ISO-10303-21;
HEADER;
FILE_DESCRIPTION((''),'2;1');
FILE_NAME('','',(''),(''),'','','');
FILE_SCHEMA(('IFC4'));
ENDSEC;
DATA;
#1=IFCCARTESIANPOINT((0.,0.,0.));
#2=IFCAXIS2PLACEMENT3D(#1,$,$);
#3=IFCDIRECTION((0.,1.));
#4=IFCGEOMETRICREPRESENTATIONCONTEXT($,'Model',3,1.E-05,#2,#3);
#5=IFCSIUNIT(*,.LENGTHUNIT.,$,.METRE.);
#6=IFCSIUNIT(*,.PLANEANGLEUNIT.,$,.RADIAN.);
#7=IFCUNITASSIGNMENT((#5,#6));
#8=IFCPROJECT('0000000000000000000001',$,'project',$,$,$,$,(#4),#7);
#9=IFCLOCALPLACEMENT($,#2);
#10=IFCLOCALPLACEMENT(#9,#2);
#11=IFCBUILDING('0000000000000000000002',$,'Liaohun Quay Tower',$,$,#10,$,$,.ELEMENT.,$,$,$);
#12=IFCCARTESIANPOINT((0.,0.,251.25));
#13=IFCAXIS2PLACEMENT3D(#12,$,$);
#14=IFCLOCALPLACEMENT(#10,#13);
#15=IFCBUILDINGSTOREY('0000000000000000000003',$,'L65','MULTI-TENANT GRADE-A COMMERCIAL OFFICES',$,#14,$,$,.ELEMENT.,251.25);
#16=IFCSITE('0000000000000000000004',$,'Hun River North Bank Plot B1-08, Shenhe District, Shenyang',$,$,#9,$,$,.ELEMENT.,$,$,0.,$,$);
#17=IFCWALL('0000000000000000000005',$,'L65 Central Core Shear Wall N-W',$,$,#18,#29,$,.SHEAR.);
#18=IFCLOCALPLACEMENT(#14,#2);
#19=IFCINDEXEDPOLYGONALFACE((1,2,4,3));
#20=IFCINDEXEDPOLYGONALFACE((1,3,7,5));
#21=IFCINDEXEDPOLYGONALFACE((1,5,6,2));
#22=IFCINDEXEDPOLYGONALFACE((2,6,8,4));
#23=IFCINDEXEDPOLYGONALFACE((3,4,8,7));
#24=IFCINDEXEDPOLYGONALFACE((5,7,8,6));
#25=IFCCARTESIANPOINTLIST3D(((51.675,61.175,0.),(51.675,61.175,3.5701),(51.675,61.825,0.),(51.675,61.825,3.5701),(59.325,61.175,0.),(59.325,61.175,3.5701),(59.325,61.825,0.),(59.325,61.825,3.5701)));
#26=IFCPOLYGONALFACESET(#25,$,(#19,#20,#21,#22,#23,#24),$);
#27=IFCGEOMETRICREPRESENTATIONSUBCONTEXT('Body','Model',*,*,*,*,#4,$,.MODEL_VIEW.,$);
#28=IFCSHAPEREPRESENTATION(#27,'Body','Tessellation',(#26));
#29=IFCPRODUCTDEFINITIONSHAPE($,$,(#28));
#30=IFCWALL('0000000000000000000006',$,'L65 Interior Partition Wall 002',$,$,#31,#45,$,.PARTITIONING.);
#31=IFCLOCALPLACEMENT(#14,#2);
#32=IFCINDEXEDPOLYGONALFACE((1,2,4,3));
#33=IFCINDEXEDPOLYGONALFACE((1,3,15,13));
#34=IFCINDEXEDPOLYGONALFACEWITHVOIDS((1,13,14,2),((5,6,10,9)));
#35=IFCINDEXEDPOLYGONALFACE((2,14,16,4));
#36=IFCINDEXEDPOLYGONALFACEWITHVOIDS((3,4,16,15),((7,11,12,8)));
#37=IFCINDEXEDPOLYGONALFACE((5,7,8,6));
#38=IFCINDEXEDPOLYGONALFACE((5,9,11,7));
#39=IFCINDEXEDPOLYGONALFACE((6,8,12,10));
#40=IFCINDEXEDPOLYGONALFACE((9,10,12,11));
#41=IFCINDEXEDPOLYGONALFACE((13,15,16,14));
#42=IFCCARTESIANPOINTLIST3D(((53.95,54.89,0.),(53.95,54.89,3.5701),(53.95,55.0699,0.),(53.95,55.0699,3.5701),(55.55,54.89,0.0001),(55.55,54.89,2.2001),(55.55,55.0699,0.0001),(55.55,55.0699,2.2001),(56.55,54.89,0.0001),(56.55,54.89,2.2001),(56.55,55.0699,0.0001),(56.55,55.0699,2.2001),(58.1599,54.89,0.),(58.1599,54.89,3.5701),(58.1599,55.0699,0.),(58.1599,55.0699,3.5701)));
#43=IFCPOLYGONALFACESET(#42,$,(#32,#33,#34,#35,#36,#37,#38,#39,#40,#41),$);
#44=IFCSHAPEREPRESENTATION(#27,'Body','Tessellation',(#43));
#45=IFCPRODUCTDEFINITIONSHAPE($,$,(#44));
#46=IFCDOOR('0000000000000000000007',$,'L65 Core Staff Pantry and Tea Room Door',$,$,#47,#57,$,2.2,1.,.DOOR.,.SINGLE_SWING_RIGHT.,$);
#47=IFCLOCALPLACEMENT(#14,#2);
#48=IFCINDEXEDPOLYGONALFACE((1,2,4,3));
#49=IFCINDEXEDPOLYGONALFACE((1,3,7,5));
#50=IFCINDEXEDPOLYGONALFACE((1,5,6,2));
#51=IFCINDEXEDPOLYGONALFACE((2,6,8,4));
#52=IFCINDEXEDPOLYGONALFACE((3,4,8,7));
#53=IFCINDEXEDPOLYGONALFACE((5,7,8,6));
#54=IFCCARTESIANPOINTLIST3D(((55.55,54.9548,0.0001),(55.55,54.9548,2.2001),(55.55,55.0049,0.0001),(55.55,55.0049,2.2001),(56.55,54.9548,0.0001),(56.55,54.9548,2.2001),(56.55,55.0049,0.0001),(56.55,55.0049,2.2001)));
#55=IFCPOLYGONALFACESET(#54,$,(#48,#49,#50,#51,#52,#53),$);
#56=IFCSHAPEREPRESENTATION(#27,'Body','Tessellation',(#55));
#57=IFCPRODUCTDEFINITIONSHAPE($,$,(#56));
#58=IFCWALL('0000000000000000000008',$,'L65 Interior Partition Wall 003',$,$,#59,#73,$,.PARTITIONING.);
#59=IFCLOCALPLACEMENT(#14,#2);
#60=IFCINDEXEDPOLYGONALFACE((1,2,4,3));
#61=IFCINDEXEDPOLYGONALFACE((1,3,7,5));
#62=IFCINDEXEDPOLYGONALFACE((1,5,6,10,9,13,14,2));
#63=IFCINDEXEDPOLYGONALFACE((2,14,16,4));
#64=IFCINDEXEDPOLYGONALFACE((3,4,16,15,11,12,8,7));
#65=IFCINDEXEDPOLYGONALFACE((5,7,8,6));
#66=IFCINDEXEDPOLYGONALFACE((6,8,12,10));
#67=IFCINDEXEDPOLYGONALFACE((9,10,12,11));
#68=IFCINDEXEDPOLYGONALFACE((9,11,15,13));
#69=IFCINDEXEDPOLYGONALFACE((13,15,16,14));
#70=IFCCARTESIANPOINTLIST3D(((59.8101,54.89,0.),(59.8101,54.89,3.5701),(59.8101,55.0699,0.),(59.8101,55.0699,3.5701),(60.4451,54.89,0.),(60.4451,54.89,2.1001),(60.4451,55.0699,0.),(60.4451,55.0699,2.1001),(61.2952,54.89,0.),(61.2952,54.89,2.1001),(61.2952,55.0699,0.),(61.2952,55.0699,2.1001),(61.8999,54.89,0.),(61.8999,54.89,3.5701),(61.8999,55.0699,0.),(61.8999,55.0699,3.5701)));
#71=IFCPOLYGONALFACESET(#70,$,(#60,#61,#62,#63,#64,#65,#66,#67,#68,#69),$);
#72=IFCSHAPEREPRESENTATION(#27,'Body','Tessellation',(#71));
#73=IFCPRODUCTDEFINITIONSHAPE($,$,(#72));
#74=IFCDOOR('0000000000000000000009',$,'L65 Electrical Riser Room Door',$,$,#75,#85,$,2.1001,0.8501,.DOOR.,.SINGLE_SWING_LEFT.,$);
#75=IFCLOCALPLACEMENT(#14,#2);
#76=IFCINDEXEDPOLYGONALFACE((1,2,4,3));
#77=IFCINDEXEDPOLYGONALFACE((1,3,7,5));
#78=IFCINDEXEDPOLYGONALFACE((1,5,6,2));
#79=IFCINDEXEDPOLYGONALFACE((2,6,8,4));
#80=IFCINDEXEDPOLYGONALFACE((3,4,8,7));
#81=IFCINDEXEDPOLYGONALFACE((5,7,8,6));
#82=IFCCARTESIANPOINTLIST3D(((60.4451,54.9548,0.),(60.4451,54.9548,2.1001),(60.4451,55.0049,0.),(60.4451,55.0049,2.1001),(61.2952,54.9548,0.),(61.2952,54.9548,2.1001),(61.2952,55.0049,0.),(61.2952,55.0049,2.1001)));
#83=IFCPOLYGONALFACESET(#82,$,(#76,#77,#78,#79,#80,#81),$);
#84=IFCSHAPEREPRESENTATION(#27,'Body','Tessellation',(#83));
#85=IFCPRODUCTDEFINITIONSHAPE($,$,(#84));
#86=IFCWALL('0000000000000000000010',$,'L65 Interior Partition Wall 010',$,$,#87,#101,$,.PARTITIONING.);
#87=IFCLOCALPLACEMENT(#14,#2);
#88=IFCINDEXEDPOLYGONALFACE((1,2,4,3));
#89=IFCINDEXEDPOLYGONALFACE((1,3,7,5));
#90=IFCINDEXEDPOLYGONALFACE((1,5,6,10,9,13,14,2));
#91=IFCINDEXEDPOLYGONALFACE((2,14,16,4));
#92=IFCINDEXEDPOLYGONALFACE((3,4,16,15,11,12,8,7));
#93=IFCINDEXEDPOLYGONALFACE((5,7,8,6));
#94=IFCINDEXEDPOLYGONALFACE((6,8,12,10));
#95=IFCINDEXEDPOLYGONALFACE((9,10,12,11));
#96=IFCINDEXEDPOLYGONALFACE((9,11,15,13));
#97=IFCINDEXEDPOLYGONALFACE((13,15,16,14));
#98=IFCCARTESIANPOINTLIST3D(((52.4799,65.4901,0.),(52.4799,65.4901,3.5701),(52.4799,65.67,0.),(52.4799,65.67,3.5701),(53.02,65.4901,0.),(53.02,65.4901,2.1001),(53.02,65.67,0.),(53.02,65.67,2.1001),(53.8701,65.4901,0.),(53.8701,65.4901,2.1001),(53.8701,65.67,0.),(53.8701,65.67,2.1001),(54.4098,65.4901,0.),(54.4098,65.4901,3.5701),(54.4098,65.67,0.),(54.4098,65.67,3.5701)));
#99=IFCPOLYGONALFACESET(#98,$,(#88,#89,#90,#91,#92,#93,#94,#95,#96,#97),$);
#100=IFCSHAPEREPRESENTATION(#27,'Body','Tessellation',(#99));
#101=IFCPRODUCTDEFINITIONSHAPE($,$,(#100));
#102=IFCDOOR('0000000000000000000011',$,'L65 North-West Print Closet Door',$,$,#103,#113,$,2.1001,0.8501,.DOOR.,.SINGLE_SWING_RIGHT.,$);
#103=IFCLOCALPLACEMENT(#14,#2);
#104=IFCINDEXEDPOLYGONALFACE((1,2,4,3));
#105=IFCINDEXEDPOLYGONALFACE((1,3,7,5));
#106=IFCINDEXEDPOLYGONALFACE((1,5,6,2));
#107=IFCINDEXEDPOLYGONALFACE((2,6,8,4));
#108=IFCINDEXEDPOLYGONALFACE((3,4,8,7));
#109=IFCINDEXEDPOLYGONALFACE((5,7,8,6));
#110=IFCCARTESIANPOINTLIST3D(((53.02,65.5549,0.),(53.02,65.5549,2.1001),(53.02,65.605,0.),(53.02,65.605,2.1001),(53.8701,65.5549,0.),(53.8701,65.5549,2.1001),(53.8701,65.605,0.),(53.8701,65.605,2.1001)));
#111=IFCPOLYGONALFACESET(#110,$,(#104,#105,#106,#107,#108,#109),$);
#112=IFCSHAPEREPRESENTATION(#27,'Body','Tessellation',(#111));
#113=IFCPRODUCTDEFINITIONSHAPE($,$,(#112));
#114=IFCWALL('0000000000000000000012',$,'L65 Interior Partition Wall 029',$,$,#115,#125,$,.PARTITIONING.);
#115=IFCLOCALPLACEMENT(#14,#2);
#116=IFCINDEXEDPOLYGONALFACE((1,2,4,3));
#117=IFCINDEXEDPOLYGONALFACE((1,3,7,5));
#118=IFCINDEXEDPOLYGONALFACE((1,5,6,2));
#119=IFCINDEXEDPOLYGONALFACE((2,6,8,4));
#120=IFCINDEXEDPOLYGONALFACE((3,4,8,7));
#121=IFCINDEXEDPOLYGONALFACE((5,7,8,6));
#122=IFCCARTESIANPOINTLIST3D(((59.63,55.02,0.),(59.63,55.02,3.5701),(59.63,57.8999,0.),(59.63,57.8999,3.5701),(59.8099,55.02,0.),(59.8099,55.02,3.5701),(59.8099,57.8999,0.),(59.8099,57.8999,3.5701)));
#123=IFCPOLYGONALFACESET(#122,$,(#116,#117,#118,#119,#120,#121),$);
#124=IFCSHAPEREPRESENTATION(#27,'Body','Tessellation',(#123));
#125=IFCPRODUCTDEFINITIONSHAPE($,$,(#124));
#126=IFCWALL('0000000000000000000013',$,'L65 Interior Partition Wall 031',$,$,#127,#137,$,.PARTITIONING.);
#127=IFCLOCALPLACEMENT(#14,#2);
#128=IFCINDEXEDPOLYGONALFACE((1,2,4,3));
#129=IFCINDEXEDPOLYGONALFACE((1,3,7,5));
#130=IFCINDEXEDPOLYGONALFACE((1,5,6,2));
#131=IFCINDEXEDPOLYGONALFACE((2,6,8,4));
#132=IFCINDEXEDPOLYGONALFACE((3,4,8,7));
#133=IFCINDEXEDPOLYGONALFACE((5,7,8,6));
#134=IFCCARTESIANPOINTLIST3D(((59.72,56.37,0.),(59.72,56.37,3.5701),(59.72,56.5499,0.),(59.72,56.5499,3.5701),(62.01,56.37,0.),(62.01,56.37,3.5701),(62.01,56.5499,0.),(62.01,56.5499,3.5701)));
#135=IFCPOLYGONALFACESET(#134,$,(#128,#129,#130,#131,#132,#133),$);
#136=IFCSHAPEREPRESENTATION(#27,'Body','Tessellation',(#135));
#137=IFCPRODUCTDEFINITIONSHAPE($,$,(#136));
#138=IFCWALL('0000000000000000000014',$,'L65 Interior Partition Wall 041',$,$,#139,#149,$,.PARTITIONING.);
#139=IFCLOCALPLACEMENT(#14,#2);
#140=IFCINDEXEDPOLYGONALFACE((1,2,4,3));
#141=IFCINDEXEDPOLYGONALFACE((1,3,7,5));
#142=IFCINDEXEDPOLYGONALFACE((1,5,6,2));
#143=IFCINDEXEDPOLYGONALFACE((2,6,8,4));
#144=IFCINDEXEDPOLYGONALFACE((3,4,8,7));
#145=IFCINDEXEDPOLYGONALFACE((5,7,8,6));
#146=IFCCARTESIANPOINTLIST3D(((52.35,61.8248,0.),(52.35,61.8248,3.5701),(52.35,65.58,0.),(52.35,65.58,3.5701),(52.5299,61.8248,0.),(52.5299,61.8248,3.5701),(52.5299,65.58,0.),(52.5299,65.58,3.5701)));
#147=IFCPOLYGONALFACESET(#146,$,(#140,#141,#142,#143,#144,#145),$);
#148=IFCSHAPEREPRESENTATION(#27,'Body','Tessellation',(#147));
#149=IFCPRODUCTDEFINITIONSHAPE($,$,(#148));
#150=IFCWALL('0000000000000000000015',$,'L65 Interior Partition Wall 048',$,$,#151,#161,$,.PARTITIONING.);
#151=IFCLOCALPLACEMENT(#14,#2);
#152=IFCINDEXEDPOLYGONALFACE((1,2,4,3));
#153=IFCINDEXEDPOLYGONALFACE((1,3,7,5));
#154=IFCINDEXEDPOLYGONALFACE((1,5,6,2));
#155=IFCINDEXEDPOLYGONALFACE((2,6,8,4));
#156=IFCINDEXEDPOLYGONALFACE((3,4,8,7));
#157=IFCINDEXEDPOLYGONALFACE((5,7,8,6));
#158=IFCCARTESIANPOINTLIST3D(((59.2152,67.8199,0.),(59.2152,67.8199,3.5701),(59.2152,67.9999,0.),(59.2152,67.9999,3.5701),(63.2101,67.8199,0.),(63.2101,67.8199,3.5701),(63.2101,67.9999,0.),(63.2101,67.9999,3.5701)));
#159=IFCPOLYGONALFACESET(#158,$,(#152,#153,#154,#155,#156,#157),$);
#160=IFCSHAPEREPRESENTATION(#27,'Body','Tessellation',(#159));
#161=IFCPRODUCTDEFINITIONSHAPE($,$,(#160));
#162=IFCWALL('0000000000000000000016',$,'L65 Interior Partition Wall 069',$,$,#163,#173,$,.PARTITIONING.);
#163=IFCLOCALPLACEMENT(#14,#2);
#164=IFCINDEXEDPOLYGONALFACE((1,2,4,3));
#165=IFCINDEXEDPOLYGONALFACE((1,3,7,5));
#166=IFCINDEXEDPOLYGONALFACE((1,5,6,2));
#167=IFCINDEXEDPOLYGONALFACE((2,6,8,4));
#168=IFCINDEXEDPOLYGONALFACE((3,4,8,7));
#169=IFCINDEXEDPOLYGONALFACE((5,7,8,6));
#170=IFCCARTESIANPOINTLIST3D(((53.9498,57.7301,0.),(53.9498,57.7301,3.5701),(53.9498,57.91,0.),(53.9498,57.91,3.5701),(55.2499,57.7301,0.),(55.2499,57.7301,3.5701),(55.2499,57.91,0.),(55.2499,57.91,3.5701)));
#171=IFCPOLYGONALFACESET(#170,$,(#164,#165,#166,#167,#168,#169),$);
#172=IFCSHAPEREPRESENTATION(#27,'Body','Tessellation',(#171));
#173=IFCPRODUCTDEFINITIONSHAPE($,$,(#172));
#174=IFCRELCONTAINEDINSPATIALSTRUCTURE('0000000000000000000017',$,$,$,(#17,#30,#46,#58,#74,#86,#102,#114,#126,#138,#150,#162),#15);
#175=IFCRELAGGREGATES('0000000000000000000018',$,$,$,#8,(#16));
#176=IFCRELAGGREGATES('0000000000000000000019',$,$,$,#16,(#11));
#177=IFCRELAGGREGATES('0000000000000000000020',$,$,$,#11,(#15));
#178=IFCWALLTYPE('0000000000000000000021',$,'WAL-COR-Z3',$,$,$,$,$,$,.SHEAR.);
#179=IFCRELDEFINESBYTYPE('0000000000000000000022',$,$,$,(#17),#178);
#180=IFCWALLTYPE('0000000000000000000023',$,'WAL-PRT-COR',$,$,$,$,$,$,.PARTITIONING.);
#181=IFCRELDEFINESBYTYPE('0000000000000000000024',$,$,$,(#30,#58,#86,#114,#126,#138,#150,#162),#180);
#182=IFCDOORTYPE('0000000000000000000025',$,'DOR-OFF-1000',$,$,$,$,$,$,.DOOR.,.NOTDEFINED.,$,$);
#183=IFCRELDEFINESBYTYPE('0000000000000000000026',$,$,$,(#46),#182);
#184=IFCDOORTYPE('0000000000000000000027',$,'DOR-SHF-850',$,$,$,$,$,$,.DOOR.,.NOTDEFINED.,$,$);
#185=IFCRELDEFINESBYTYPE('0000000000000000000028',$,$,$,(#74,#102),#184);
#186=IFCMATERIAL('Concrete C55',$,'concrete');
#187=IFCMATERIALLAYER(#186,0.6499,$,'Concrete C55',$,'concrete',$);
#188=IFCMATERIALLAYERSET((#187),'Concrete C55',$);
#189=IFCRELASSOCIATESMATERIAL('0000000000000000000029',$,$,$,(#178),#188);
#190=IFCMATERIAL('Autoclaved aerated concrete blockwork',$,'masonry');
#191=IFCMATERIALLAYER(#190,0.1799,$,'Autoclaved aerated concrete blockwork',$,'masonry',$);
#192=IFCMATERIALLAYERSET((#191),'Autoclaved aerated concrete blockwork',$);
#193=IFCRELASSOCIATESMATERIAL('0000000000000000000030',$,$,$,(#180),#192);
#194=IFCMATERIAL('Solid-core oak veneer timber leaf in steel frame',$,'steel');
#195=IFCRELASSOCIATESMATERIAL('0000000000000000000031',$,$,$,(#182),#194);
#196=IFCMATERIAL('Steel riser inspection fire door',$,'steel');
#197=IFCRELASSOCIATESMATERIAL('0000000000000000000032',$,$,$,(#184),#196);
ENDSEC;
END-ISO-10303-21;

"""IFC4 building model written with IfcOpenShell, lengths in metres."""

from ifc_helpers import new_model, si_unit, direction, frame, frame_2d, origin, place, context, subcontext, project, spatial, rectangle, extrude, source, transform, mapped, material, layer, layer_set, type_object, element, fill, save


model = new_model("IFC4")

# Units and contexts
model_context = context("Model", 3, precision=1e-05, world=origin(), true_north=direction((0.0, 1.0)))
body_context = subcontext(model_context, "Body", "Model", "MODEL_VIEW")
ifc_project = project(units=[si_unit("LENGTHUNIT", "METRE"), si_unit("PLANEANGLEUNIT", "RADIAN")], contexts=[model_context])

# Site, building, storey
site_placement = place(None, origin())
site = spatial("IfcSite", under=ifc_project, at=site_placement, Name="Hun River North Bank Plot B1-08, Shenhe District, Shenyang", CompositionType="ELEMENT", RefElevation=0.0)
building_placement = place(site_placement, origin())
building = spatial("IfcBuilding", under=site, at=building_placement, Name="Liaohun Quay Tower", CompositionType="ELEMENT")
storey_placement = place(building_placement, frame((0.0, 0.0, 251.25)))
storey = spatial("IfcBuildingStorey", under=building, at=storey_placement, Name="L65", Description="MULTI-TENANT GRADE-A COMMERCIAL OFFICES", CompositionType="ELEMENT", Elevation=251.25)

# Wall
ifc_material_1 = material(Name="Concrete C55", Category="concrete")
ifc_layer_1 = layer(ifc_material_1, 0.6499, Name="Concrete C55", Category="concrete")
ifc_layer_set_1 = layer_set([ifc_layer_1], Name="Concrete C55")
wall_type_1 = type_object("IfcWallType", Name="WAL-COR-Z3", PredefinedType="SHEAR", material=ifc_layer_set_1)
wall_1_placement = place(storey_placement, frame((51.675, 61.5, 0.0), z_axis=(0.0, 0.0, 1.0), x_axis=(1.0, 0.0, 0.0)))
element("IfcWall", 1, at=wall_1_placement, inside=storey, type_object=wall_type_1, Name="L65 Central Core Shear Wall N-W", PredefinedType="SHEAR", context=body_context, shape_type="SweptSolid", body=[
    extrude(rectangle(XDim=7.6499, YDim=0.6499, at=frame_2d((3.825, 0.0))), origin(), (0.0, 0.0, 1.0), 3.5701),
])

# Walls, openings, doors
ifc_material_2 = material(Name="Autoclaved aerated concrete blockwork", Category="masonry")
ifc_layer_2 = layer(ifc_material_2, 0.1799, Name="Autoclaved aerated concrete blockwork", Category="masonry")
ifc_layer_set_2 = layer_set([ifc_layer_2], Name="Autoclaved aerated concrete blockwork")
wall_type_2 = type_object("IfcWallType", Name="WAL-PRT-COR", PredefinedType="PARTITIONING", material=ifc_layer_set_2)
wall_2_placement = place(storey_placement, frame((53.95, 54.98, 0.0), z_axis=(0.0, 0.0, 1.0), x_axis=(1.0, 0.0, 0.0)))
wall_2 = element("IfcWall", 2, at=wall_2_placement, inside=storey, type_object=wall_type_2, Name="L65 Interior Partition Wall 002", PredefinedType="PARTITIONING", context=body_context, shape_type="SweptSolid", body=[
    extrude(rectangle(XDim=4.21, YDim=0.1799, at=frame_2d((2.105, 0.0))), origin(), (0.0, 0.0, 1.0), 3.5701),
])
shared_shape_1 = source(origin(), body_context, "Body", "SweptSolid", [
    extrude(rectangle(XDim=1.0, YDim=2.2, at=frame_2d((0.5, 1.1001))), frame((0.0, 0.0999, 0.0), z_axis=(0.0, -1.0, 0.0), x_axis=(1.0, 0.0, 0.0)), (0.0, 0.0, 1.0), 0.2),
])
opening_1_placement = place(wall_2_placement, frame((1.6001, 0.0, 0.0)))
opening_1 = element("IfcOpeningElement", 3, at=opening_1_placement, cuts=wall_2, PredefinedType="OPENING", context=body_context, shape_type="MappedRepresentation", body=[
    mapped(shared_shape_1, transform((0.0, 0.0, 0.0), x_axis=(1.0, 0.0, 0.0), y_axis=(0.0, 1.0, 0.0), z_axis=(0.0, 0.0, 1.0), scale=1.0)),
])
ifc_material_3 = material(Name="Solid-core oak veneer timber leaf in steel frame", Category="steel")
door_type_1 = type_object("IfcDoorType", Name="DOR-OFF-1000", OperationType="NOTDEFINED", PredefinedType="DOOR", material=ifc_material_3)
shared_shape_2 = source(origin(), body_context, "Body", "SweptSolid", [
    extrude(rectangle(XDim=1.0, YDim=2.2, at=frame_2d((0.5, 1.1001))), frame((0.0, 0.0249, 0.0), z_axis=(0.0, -1.0, 0.0), x_axis=(1.0, 0.0, 0.0)), (0.0, 0.0, 1.0), 0.05),
])
door_1_placement = place(opening_1_placement, origin())
door_1 = element("IfcDoor", 4, at=door_1_placement, inside=storey, type_object=door_type_1, Name="L65 Core Staff Pantry and Tea Room Door", OperationType="SINGLE_SWING_RIGHT", OverallHeight=2.2, OverallWidth=1.0, PredefinedType="DOOR", context=body_context, shape_type="MappedRepresentation", body=[
    mapped(shared_shape_2, transform((0.0, 0.0, 0.0), x_axis=(1.0, 0.0, 0.0), y_axis=(0.0, 1.0, 0.0), z_axis=(0.0, 0.0, 1.0), scale=1.0)),
])
fill(opening_1, door_1)
wall_3_placement = place(storey_placement, frame((59.8101, 54.98, 0.0), z_axis=(0.0, 0.0, 1.0), x_axis=(1.0, 0.0, 0.0)))
wall_3 = element("IfcWall", 5, at=wall_3_placement, inside=storey, type_object=wall_type_2, Name="L65 Interior Partition Wall 003", PredefinedType="PARTITIONING", context=body_context, shape_type="SweptSolid", body=[
    extrude(rectangle(XDim=2.0898, YDim=0.1799, at=frame_2d((1.0449, 0.0))), origin(), (0.0, 0.0, 1.0), 3.5701),
])
shared_shape_3 = source(origin(), body_context, "Body", "SweptSolid", [
    extrude(rectangle(XDim=0.8501, YDim=2.1001, at=frame_2d((0.425, 1.05))), frame((0.0, 0.0999, 0.0), z_axis=(0.0, -1.0, 0.0), x_axis=(1.0, 0.0, 0.0)), (0.0, 0.0, 1.0), 0.2),
])
opening_2_placement = place(wall_3_placement, frame((0.635, 0.0, 0.0)))
opening_2 = element("IfcOpeningElement", 6, at=opening_2_placement, cuts=wall_3, PredefinedType="OPENING", context=body_context, shape_type="MappedRepresentation", body=[
    mapped(shared_shape_3, transform((0.0, 0.0, 0.0), x_axis=(1.0, 0.0, 0.0), y_axis=(0.0, 1.0, 0.0), z_axis=(0.0, 0.0, 1.0), scale=1.0)),
])
ifc_material_4 = material(Name="Steel riser inspection fire door", Category="steel")
door_type_2 = type_object("IfcDoorType", Name="DOR-SHF-850", OperationType="NOTDEFINED", PredefinedType="DOOR", material=ifc_material_4)
shared_shape_4 = source(origin(), body_context, "Body", "SweptSolid", [
    extrude(rectangle(XDim=0.8501, YDim=2.1001, at=frame_2d((0.425, 1.05))), frame((0.0, 0.0249, 0.0), z_axis=(0.0, -1.0, 0.0), x_axis=(1.0, 0.0, 0.0)), (0.0, 0.0, 1.0), 0.05),
])
door_2_placement = place(opening_2_placement, origin())
door_2 = element("IfcDoor", 7, at=door_2_placement, inside=storey, type_object=door_type_2, Name="L65 Electrical Riser Room Door", OperationType="SINGLE_SWING_LEFT", OverallHeight=2.1001, OverallWidth=0.8501, PredefinedType="DOOR", context=body_context, shape_type="MappedRepresentation", body=[
    mapped(shared_shape_4, transform((0.0, 0.0, 0.0), x_axis=(1.0, 0.0, 0.0), y_axis=(0.0, 1.0, 0.0), z_axis=(0.0, 0.0, 1.0), scale=1.0)),
])
fill(opening_2, door_2)
wall_4_placement = place(storey_placement, frame((52.48, 65.5801, 0.0), z_axis=(0.0, 0.0, 1.0), x_axis=(1.0, 0.0, 0.0)))
wall_4 = element("IfcWall", 8, at=wall_4_placement, inside=storey, type_object=wall_type_2, Name="L65 Interior Partition Wall 010", PredefinedType="PARTITIONING", context=body_context, shape_type="SweptSolid", body=[
    extrude(rectangle(XDim=1.9299, YDim=0.1799, at=frame_2d((0.9648, 0.0))), origin(), (0.0, 0.0, 1.0), 3.5701),
])
opening_3_placement = place(wall_4_placement, frame((0.54, 0.0, 0.0)))
opening_3 = element("IfcOpeningElement", 9, at=opening_3_placement, cuts=wall_4, PredefinedType="OPENING", context=body_context, shape_type="MappedRepresentation", body=[
    mapped(shared_shape_3, transform((0.0, 0.0, 0.0), x_axis=(1.0, 0.0, 0.0), y_axis=(0.0, 1.0, 0.0), z_axis=(0.0, 0.0, 1.0), scale=1.0)),
])
door_3_placement = place(opening_3_placement, origin())
door_3 = element("IfcDoor", 10, at=door_3_placement, inside=storey, type_object=door_type_2, Name="L65 North-West Print Closet Door", OperationType="SINGLE_SWING_RIGHT", OverallHeight=2.1001, OverallWidth=0.8501, PredefinedType="DOOR", context=body_context, shape_type="MappedRepresentation", body=[
    mapped(shared_shape_4, transform((0.0, 0.0, 0.0), x_axis=(1.0, 0.0, 0.0), y_axis=(0.0, 1.0, 0.0), z_axis=(0.0, 0.0, 1.0), scale=1.0)),
])
fill(opening_3, door_3)

# Walls
wall_5_placement = place(storey_placement, frame((59.72, 55.02, 0.0), z_axis=(0.0, 0.0, 1.0), x_axis=(0.0, 1.0, 0.0)))
element("IfcWall", 11, at=wall_5_placement, inside=storey, type_object=wall_type_2, Name="L65 Interior Partition Wall 029", PredefinedType="PARTITIONING", context=body_context, shape_type="SweptSolid", body=[
    extrude(rectangle(XDim=2.8799, YDim=0.1799, at=frame_2d((1.4399, 0.0))), origin(), (0.0, 0.0, 1.0), 3.5701),
])
wall_6_placement = place(storey_placement, frame((59.72, 56.46, 0.0), z_axis=(0.0, 0.0, 1.0), x_axis=(1.0, 0.0, 0.0)))
element("IfcWall", 12, at=wall_6_placement, inside=storey, type_object=wall_type_2, Name="L65 Interior Partition Wall 031", PredefinedType="PARTITIONING", context=body_context, shape_type="SweptSolid", body=[
    extrude(rectangle(XDim=2.29, YDim=0.1799, at=frame_2d((1.145, 0.0))), origin(), (0.0, 0.0, 1.0), 3.5701),
])
wall_7_placement = place(storey_placement, frame((52.4399, 61.825, 0.0), z_axis=(0.0, 0.0, 1.0), x_axis=(0.0, 1.0, 0.0)))
element("IfcWall", 13, at=wall_7_placement, inside=storey, type_object=wall_type_2, Name="L65 Interior Partition Wall 041", PredefinedType="PARTITIONING", context=body_context, shape_type="SweptSolid", body=[
    extrude(rectangle(XDim=3.7551, YDim=0.1799, at=frame_2d((1.8774, 0.0))), origin(), (0.0, 0.0, 1.0), 3.5701),
])
wall_8_placement = place(storey_placement, frame((59.2151, 67.9099, 0.0), z_axis=(0.0, 0.0, 1.0), x_axis=(1.0, 0.0, 0.0)))
element("IfcWall", 14, at=wall_8_placement, inside=storey, type_object=wall_type_2, Name="L65 Interior Partition Wall 048", PredefinedType="PARTITIONING", context=body_context, shape_type="SweptSolid", body=[
    extrude(rectangle(XDim=3.9949, YDim=0.1799, at=frame_2d((1.9976, 0.0))), origin(), (0.0, 0.0, 1.0), 3.5701),
])
wall_9_placement = place(storey_placement, frame((53.95, 57.8201, 0.0), z_axis=(0.0, 0.0, 1.0), x_axis=(1.0, 0.0, 0.0)))
element("IfcWall", 15, at=wall_9_placement, inside=storey, type_object=wall_type_2, Name="L65 Interior Partition Wall 069", PredefinedType="PARTITIONING", context=body_context, shape_type="SweptSolid", body=[
    extrude(rectangle(XDim=1.3, YDim=0.1799, at=frame_2d((0.6499, 0.0))), origin(), (0.0, 0.0, 1.0), 3.5701),
])

save(model, "model.ifc")
